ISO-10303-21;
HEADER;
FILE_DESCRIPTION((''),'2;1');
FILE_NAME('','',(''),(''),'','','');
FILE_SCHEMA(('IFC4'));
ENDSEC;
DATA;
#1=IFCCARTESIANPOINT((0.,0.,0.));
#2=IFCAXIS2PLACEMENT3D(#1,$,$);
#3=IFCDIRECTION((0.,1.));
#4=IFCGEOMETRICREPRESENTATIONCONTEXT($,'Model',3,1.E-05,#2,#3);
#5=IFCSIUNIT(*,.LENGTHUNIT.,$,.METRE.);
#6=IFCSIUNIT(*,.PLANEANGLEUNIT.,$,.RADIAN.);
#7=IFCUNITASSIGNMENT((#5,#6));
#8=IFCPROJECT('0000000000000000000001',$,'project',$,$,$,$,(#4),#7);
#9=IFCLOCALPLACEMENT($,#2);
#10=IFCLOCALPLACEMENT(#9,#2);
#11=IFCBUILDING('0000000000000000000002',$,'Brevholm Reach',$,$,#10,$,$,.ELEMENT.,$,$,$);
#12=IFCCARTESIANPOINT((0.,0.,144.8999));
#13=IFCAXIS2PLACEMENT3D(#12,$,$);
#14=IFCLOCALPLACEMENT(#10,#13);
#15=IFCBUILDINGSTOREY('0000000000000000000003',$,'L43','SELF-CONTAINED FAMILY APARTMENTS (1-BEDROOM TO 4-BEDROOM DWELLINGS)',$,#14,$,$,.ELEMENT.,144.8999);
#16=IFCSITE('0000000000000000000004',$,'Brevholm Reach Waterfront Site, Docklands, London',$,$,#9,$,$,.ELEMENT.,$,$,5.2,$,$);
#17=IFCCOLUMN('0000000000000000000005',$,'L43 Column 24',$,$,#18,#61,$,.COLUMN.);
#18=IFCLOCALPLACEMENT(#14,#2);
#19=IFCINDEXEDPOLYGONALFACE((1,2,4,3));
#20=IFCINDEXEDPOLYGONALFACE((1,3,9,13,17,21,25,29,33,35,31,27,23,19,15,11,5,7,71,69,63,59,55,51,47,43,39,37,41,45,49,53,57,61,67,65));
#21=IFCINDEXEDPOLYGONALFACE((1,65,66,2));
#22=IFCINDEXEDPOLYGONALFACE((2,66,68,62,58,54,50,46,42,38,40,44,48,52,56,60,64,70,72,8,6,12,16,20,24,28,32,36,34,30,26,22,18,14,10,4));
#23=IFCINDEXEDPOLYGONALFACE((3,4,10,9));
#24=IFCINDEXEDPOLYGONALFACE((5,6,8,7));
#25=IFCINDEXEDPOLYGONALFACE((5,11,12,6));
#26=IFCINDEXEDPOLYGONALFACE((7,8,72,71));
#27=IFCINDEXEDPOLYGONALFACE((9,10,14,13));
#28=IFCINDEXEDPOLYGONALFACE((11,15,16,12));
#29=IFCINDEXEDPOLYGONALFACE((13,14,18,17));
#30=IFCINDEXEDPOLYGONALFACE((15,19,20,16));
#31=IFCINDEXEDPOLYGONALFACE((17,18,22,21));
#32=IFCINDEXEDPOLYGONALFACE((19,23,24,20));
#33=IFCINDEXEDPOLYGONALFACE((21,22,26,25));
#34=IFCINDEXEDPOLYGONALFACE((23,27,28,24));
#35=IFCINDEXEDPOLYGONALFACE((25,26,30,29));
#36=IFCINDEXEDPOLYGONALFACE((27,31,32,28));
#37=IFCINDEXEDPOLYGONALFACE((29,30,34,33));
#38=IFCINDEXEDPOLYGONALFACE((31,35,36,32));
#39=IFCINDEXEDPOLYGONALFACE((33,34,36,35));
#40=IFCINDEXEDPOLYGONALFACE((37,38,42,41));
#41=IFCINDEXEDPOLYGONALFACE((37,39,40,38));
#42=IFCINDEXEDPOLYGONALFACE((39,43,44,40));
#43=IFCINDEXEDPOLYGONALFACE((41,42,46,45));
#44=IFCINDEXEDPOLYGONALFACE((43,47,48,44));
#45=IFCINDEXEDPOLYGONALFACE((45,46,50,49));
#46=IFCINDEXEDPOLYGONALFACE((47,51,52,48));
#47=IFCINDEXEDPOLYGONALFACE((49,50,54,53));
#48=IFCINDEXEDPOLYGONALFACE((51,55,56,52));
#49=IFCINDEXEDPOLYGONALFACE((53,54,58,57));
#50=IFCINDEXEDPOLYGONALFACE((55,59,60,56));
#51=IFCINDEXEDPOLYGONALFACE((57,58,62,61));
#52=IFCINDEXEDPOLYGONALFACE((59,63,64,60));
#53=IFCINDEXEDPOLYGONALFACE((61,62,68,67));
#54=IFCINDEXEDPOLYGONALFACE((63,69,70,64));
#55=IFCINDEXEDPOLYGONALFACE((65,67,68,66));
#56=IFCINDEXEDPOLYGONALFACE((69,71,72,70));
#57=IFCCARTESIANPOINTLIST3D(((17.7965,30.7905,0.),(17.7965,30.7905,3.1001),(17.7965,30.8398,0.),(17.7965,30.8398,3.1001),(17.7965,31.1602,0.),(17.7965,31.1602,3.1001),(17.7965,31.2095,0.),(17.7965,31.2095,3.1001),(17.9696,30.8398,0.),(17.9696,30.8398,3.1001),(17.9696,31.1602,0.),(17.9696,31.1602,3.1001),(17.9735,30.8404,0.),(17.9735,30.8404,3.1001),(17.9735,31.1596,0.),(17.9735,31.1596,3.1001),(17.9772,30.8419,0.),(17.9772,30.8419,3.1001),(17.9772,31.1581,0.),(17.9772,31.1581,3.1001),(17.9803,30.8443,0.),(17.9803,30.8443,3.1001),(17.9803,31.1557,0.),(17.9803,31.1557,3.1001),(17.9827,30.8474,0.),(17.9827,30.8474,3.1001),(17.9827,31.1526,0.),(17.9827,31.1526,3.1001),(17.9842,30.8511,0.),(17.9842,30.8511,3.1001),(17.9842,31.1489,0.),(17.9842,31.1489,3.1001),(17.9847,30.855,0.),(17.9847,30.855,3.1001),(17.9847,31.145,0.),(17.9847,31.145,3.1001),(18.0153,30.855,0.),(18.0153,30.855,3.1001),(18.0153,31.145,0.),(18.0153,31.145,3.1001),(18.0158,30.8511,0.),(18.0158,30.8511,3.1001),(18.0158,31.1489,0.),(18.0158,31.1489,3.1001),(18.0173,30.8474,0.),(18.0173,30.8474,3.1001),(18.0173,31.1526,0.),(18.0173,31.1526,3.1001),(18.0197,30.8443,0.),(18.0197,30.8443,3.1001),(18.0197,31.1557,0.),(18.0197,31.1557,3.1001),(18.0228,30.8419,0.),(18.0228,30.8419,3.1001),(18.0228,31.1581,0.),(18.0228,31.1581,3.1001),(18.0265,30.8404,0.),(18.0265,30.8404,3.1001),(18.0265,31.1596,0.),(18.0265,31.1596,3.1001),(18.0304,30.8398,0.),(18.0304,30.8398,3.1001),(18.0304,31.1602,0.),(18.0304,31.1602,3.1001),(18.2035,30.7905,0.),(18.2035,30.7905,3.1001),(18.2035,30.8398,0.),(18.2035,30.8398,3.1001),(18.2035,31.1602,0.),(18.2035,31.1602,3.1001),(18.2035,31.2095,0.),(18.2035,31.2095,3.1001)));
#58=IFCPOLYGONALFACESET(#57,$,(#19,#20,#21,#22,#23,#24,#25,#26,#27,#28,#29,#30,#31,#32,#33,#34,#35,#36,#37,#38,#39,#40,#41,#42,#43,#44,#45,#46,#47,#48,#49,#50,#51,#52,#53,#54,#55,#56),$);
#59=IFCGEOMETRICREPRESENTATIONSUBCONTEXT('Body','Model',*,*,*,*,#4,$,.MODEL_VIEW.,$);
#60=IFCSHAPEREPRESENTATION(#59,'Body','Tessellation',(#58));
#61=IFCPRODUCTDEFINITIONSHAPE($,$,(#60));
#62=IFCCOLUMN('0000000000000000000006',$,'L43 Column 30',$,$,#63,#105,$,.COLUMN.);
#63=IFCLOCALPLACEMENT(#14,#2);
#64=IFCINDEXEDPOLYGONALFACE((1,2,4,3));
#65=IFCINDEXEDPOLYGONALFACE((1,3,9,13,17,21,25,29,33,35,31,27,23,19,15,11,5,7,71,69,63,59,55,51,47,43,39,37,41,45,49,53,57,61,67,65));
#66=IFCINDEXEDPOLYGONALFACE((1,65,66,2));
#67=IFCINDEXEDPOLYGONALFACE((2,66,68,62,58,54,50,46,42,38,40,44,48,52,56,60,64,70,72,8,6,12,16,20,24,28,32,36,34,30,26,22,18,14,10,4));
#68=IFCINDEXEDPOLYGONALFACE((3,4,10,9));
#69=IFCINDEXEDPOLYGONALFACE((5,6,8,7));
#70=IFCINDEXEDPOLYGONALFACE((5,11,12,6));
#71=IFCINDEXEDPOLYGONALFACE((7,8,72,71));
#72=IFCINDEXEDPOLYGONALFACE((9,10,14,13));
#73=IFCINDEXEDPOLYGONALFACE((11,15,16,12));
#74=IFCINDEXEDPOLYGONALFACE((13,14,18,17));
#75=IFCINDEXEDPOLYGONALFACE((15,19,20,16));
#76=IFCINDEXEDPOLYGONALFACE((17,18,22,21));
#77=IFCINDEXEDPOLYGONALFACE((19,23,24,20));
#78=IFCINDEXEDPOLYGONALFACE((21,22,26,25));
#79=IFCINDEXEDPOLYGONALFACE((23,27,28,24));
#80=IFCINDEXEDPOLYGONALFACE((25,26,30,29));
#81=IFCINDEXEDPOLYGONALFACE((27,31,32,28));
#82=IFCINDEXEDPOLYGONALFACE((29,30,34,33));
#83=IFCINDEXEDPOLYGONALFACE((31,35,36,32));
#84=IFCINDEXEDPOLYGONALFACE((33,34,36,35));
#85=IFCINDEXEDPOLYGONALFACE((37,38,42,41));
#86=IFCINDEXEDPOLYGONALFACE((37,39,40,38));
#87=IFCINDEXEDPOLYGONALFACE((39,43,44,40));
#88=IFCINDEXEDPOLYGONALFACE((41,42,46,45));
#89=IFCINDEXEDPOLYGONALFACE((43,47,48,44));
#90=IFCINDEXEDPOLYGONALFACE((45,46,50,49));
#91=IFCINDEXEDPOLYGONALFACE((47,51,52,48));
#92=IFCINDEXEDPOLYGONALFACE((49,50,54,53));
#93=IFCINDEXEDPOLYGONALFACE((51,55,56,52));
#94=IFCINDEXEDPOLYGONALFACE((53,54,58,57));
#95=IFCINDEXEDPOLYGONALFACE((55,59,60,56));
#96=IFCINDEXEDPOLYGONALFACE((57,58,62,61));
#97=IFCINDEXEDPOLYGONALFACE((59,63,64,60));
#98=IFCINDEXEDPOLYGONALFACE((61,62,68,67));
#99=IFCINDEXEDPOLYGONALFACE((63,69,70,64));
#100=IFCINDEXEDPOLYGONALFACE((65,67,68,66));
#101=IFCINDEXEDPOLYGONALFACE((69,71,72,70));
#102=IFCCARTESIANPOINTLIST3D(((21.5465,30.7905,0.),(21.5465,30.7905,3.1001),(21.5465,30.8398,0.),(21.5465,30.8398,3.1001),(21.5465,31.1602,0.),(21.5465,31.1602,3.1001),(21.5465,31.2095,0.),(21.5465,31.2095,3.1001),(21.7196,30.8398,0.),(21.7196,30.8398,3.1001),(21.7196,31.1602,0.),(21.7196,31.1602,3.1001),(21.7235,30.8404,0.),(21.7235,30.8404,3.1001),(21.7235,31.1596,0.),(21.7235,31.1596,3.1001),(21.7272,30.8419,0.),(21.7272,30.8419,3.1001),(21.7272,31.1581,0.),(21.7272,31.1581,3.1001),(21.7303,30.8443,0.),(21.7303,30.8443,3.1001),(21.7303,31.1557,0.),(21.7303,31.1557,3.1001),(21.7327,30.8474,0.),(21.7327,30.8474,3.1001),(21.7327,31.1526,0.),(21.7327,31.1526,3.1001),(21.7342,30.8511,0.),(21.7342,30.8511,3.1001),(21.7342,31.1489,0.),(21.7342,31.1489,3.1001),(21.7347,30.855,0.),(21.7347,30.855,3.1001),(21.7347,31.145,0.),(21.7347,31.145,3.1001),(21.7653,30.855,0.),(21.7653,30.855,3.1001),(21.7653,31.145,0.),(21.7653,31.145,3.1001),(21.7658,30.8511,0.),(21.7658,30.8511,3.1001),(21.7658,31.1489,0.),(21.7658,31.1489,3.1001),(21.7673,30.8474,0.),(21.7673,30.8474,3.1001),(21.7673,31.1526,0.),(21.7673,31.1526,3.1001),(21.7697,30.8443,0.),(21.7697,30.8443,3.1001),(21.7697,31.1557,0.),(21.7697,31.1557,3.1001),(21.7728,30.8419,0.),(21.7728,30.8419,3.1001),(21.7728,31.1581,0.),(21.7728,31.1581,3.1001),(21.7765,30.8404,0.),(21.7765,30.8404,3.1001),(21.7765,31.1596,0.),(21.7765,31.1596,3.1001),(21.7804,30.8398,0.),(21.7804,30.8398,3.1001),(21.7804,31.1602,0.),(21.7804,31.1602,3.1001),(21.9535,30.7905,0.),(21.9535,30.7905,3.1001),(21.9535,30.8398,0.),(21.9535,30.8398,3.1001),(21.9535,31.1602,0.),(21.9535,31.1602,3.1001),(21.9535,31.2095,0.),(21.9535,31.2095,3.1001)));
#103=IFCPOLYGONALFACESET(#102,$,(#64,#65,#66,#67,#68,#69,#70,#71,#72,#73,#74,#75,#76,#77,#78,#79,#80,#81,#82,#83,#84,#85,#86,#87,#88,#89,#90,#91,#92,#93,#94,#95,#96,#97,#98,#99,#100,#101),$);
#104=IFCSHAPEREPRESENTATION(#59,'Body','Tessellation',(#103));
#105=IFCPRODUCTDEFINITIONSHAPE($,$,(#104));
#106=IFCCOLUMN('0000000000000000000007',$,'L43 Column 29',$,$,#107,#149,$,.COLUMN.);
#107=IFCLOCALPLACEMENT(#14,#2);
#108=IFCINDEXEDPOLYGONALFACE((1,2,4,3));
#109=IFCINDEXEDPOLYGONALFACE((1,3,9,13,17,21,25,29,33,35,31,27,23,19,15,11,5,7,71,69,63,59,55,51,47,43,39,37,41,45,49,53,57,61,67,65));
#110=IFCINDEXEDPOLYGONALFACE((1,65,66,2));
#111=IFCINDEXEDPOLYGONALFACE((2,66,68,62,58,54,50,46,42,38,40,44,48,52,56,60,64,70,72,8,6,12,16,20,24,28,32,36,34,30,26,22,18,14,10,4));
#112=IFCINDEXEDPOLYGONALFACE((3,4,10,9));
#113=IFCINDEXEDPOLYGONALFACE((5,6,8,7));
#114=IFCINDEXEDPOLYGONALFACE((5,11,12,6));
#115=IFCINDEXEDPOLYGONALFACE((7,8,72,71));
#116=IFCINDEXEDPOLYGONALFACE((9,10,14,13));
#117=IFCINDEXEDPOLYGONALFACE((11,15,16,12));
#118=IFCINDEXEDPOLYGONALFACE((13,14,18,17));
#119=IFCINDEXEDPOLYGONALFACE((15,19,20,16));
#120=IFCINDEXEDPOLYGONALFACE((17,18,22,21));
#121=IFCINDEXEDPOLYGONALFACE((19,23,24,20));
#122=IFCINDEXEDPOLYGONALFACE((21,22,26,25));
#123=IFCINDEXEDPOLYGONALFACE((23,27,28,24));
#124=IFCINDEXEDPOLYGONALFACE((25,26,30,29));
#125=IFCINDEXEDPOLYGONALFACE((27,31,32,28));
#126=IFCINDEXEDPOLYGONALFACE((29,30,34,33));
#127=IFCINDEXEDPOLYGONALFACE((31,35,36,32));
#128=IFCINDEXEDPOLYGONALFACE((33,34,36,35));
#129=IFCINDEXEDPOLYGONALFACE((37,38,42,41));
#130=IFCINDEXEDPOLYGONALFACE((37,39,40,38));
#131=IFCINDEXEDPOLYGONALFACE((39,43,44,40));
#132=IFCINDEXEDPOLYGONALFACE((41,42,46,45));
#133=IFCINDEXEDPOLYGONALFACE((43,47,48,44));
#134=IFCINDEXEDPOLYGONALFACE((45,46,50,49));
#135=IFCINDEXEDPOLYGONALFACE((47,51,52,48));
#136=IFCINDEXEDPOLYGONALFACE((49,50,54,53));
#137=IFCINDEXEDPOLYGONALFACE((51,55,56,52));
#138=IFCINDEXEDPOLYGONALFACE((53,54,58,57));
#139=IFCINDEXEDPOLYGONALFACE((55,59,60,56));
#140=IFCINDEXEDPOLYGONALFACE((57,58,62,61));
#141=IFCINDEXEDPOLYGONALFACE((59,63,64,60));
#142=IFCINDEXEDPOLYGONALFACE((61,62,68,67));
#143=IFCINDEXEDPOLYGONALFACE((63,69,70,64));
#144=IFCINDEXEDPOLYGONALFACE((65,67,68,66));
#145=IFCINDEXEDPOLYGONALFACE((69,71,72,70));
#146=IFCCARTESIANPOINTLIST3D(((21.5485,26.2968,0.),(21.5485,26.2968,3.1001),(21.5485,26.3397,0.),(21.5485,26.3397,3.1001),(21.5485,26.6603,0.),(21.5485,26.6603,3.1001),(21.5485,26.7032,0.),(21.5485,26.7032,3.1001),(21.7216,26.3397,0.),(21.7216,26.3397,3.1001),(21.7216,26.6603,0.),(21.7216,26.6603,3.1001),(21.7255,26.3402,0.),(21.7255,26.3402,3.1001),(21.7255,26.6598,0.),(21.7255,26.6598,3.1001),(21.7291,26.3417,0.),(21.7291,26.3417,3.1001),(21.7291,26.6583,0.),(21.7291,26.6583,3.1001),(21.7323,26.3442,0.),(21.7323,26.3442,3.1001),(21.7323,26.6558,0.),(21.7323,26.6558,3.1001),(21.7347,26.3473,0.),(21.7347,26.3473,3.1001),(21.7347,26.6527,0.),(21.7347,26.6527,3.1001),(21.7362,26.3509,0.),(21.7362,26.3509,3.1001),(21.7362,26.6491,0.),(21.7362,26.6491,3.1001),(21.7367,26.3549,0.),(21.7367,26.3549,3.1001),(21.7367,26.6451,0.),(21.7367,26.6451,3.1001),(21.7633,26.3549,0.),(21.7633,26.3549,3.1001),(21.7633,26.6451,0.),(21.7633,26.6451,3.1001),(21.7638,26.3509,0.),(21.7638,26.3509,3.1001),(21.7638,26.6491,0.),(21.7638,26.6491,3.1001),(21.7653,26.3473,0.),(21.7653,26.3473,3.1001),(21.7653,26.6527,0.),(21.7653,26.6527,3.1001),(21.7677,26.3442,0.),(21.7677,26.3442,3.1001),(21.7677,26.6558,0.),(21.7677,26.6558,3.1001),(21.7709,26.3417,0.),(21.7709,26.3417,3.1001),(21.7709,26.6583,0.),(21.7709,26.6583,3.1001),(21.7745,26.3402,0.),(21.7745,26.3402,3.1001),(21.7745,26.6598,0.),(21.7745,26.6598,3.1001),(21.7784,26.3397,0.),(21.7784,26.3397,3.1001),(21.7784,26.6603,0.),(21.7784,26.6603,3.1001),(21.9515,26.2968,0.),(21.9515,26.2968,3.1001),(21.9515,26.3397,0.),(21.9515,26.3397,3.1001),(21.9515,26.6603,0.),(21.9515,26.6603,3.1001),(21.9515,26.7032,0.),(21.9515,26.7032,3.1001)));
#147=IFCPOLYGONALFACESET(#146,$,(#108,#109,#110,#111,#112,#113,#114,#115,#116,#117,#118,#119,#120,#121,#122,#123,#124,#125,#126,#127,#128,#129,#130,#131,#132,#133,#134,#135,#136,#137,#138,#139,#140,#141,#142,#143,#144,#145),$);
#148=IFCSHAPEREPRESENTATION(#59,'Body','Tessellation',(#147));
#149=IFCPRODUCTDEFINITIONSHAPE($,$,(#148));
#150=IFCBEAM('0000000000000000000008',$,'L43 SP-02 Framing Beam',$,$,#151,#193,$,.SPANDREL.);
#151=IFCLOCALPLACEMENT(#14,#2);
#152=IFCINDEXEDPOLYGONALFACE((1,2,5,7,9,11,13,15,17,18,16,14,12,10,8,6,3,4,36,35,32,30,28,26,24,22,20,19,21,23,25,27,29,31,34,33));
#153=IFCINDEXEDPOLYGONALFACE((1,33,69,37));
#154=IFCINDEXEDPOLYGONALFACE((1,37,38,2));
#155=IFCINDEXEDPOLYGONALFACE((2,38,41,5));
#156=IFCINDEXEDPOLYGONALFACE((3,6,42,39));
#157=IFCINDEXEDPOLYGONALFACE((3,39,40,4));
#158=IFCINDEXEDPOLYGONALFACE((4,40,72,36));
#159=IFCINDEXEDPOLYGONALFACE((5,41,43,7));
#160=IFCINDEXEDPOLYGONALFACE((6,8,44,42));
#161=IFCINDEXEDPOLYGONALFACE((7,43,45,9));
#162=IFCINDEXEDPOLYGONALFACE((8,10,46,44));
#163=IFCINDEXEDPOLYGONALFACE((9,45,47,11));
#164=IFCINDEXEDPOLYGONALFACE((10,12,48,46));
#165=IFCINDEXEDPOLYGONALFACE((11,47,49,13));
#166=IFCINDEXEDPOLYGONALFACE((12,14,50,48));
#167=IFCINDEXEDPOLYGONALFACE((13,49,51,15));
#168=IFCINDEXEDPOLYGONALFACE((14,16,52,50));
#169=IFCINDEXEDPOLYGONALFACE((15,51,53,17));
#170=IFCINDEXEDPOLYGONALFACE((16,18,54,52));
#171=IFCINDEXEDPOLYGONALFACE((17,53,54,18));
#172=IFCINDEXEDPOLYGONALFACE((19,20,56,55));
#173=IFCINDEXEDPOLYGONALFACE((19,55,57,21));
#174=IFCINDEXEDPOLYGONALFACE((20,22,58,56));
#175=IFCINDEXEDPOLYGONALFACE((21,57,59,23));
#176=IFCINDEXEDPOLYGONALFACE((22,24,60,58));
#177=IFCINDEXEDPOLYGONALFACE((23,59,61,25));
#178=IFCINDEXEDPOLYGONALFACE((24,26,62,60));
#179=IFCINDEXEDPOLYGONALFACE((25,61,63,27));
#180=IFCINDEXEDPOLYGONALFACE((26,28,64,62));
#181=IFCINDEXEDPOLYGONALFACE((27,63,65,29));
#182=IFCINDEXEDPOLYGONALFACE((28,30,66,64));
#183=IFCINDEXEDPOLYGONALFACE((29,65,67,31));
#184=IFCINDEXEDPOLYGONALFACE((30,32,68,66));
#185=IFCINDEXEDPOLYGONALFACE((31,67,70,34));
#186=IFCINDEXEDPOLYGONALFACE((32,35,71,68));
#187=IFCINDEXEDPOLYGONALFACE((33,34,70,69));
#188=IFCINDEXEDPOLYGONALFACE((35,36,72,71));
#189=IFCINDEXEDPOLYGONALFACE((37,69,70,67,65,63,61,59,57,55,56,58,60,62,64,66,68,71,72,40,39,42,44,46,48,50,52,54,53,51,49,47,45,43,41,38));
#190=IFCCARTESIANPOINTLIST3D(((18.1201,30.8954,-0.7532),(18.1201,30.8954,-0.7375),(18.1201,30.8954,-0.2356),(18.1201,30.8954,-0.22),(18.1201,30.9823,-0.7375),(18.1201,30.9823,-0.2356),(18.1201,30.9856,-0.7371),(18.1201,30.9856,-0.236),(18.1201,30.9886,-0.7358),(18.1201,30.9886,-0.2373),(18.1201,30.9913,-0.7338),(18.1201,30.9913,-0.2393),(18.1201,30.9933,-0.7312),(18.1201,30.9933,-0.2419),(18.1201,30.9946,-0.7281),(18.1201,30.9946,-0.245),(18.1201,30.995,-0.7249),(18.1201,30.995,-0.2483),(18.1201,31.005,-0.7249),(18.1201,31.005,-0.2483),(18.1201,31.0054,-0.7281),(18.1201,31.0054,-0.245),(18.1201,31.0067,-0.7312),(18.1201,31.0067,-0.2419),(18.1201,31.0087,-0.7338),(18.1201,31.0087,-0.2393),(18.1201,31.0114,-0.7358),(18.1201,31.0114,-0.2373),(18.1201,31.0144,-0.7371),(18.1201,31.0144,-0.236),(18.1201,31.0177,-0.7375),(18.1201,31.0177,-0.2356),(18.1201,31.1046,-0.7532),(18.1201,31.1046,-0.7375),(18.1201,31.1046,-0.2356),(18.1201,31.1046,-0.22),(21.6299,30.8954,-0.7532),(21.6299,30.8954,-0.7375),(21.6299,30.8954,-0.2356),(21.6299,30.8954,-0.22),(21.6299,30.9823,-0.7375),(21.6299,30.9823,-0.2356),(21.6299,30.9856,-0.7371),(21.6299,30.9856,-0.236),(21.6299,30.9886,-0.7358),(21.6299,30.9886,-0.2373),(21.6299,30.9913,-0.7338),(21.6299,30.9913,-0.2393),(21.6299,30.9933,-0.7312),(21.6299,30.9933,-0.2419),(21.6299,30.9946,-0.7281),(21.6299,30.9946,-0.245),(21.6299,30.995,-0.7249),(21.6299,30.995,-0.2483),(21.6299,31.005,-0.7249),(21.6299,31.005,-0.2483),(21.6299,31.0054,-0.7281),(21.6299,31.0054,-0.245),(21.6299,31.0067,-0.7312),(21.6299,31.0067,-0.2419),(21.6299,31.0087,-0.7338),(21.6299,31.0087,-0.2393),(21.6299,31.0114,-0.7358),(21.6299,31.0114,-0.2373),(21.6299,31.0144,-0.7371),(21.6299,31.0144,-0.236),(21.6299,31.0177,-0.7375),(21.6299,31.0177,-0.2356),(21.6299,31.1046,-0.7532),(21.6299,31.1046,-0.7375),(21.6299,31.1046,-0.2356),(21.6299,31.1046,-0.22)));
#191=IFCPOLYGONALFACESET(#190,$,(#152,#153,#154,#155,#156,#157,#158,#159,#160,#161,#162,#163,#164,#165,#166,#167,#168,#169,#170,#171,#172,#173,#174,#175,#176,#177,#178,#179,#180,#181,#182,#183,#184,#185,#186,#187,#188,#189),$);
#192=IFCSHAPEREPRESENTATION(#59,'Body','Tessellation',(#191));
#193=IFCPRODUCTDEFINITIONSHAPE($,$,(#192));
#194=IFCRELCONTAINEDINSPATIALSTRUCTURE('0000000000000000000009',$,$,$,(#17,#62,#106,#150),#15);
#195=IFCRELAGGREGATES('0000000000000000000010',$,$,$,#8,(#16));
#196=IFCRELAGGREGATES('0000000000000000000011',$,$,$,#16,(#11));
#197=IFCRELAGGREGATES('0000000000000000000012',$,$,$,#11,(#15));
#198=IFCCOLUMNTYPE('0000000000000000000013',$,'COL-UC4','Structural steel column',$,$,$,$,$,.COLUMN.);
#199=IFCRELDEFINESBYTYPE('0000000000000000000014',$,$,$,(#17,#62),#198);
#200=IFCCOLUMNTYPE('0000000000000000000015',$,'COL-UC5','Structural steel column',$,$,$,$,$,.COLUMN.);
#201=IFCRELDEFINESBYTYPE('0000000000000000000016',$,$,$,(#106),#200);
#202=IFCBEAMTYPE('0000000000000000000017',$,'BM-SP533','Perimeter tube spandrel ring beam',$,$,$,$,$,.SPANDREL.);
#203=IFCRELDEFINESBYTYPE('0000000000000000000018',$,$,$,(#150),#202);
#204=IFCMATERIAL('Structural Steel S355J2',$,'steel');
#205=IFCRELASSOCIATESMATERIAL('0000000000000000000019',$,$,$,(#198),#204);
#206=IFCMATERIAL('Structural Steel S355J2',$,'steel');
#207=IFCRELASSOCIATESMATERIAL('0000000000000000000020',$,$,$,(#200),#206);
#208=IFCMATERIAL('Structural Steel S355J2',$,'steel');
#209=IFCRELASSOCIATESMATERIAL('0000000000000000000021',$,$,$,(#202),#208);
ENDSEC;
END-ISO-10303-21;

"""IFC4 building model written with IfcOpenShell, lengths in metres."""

from ifc_helpers import new_model, si_unit, direction, frame, origin, origin_2d, place, context, subcontext, project, spatial, i_section, extrude, material, material_profile, profile_set, type_object, element, save


model = new_model("IFC4")

# Units and contexts
model_context = context("Model", 3, precision=1e-05, world=origin(), true_north=direction((0.0, 1.0)))
body_context = subcontext(model_context, "Body", "Model", "MODEL_VIEW")
ifc_project = project(units=[si_unit("LENGTHUNIT", "METRE"), si_unit("PLANEANGLEUNIT", "RADIAN")], contexts=[model_context])

# Site, building, storey
site_placement = place(None, origin())
site = spatial("IfcSite", under=ifc_project, at=site_placement, Name="Brevholm Reach Waterfront Site, Docklands, London", CompositionType="ELEMENT", RefElevation=5.2)
building_placement = place(site_placement, origin())
building = spatial("IfcBuilding", under=site, at=building_placement, Name="Brevholm Reach", CompositionType="ELEMENT")
storey_placement = place(building_placement, frame((0.0, 0.0, 144.8999)))
storey = spatial("IfcBuildingStorey", under=building, at=storey_placement, Name="L43", Description="SELF-CONTAINED FAMILY APARTMENTS (1-BEDROOM TO 4-BEDROOM DWELLINGS)", CompositionType="ELEMENT", Elevation=144.8999)

# Columns
ifc_material_1 = material(Name="Structural Steel S355J2", Category="steel")
ifc_material_profile_1 = material_profile(ifc_material_1, i_section(OverallWidth=0.407, OverallDepth=0.4189, WebThickness=0.0305, FlangeThickness=0.0493, FilletRadius=0.0151, at=origin_2d()), Name="UKC 356x406x393")
ifc_profile_set_1 = profile_set([ifc_material_profile_1], Name="Structural Steel S355J2")
column_type_1 = type_object("IfcColumnType", Name="COL-UC4", Description="Structural steel column", PredefinedType="COLUMN", material=ifc_profile_set_1)
for number, where, z_axis, x_axis, name in (
    (1, (18.0, 31.0, 0.0), (0.0, 0.0, 1.0), (1.0, 0.0, 0.0), "L43 Column 24"),
    (2, (21.75, 31.0, 0.0), (0.0, 0.0, 1.0), (1.0, 0.0, 0.0), "L43 Column 30"),
):
    element("IfcColumn", number, at=place(storey_placement, frame(where, z_axis=z_axis, x_axis=x_axis)), inside=storey, type_object=column_type_1, Name=name, PredefinedType="COLUMN", context=body_context, shape_type="SweptSolid", body=[
        extrude(i_section(OverallWidth=0.407, OverallDepth=0.4189, WebThickness=0.0305, FlangeThickness=0.0493, FilletRadius=0.0151, at=origin_2d()), origin(), (0.0, 0.0, 1.0), 3.1001),
    ])
ifc_material_2 = material(Name="Structural Steel S355J2", Category="steel")
ifc_material_profile_2 = material_profile(ifc_material_2, i_section(OverallWidth=0.4031, OverallDepth=0.4065, WebThickness=0.0266, FlangeThickness=0.043, FilletRadius=0.0151, at=origin_2d()), Name="UKC 356x406x340")
ifc_profile_set_2 = profile_set([ifc_material_profile_2], Name="Structural Steel S355J2")
column_type_2 = type_object("IfcColumnType", Name="COL-UC5", Description="Structural steel column", PredefinedType="COLUMN", material=ifc_profile_set_2)
column_placement = place(storey_placement, frame((21.75, 26.5, 0.0), z_axis=(0.0, 0.0, 1.0), x_axis=(1.0, 0.0, 0.0)))
element("IfcColumn", 3, at=column_placement, inside=storey, type_object=column_type_2, Name="L43 Column 29", PredefinedType="COLUMN", context=body_context, shape_type="SweptSolid", body=[
    extrude(i_section(OverallWidth=0.4031, OverallDepth=0.4065, WebThickness=0.0266, FlangeThickness=0.043, FilletRadius=0.0151, at=origin_2d()), origin(), (0.0, 0.0, 1.0), 3.1001),
])

# Beam
ifc_material_3 = material(Name="Structural Steel S355J2", Category="steel")
ifc_material_profile_3 = material_profile(ifc_material_3, i_section(OverallWidth=0.2092, OverallDepth=0.5332, WebThickness=0.01, FlangeThickness=0.0156, FilletRadius=0.0127, at=origin_2d()), Name="UKB 533x210x92")
ifc_profile_set_3 = profile_set([ifc_material_profile_3], Name="Structural Steel S355J2")
beam_type_1 = type_object("IfcBeamType", Name="BM-SP533", Description="Perimeter tube spandrel ring beam", PredefinedType="SPANDREL", material=ifc_profile_set_3)
beam_1_placement = place(storey_placement, frame((18.1201, 31.0, -0.4866), z_axis=(1.0, 0.0, 0.0), x_axis=(0.0, 1.0, 0.0)))
element("IfcBeam", 4, at=beam_1_placement, inside=storey, type_object=beam_type_1, Name="L43 SP-02 Framing Beam", PredefinedType="SPANDREL", context=body_context, shape_type="SweptSolid", body=[
    extrude(i_section(OverallWidth=0.2092, OverallDepth=0.5332, WebThickness=0.01, FlangeThickness=0.0156, FilletRadius=0.0127, at=origin_2d()), origin(), (0.0, 0.0, 1.0), 3.5098),
])

save(model, "model.ifc")
